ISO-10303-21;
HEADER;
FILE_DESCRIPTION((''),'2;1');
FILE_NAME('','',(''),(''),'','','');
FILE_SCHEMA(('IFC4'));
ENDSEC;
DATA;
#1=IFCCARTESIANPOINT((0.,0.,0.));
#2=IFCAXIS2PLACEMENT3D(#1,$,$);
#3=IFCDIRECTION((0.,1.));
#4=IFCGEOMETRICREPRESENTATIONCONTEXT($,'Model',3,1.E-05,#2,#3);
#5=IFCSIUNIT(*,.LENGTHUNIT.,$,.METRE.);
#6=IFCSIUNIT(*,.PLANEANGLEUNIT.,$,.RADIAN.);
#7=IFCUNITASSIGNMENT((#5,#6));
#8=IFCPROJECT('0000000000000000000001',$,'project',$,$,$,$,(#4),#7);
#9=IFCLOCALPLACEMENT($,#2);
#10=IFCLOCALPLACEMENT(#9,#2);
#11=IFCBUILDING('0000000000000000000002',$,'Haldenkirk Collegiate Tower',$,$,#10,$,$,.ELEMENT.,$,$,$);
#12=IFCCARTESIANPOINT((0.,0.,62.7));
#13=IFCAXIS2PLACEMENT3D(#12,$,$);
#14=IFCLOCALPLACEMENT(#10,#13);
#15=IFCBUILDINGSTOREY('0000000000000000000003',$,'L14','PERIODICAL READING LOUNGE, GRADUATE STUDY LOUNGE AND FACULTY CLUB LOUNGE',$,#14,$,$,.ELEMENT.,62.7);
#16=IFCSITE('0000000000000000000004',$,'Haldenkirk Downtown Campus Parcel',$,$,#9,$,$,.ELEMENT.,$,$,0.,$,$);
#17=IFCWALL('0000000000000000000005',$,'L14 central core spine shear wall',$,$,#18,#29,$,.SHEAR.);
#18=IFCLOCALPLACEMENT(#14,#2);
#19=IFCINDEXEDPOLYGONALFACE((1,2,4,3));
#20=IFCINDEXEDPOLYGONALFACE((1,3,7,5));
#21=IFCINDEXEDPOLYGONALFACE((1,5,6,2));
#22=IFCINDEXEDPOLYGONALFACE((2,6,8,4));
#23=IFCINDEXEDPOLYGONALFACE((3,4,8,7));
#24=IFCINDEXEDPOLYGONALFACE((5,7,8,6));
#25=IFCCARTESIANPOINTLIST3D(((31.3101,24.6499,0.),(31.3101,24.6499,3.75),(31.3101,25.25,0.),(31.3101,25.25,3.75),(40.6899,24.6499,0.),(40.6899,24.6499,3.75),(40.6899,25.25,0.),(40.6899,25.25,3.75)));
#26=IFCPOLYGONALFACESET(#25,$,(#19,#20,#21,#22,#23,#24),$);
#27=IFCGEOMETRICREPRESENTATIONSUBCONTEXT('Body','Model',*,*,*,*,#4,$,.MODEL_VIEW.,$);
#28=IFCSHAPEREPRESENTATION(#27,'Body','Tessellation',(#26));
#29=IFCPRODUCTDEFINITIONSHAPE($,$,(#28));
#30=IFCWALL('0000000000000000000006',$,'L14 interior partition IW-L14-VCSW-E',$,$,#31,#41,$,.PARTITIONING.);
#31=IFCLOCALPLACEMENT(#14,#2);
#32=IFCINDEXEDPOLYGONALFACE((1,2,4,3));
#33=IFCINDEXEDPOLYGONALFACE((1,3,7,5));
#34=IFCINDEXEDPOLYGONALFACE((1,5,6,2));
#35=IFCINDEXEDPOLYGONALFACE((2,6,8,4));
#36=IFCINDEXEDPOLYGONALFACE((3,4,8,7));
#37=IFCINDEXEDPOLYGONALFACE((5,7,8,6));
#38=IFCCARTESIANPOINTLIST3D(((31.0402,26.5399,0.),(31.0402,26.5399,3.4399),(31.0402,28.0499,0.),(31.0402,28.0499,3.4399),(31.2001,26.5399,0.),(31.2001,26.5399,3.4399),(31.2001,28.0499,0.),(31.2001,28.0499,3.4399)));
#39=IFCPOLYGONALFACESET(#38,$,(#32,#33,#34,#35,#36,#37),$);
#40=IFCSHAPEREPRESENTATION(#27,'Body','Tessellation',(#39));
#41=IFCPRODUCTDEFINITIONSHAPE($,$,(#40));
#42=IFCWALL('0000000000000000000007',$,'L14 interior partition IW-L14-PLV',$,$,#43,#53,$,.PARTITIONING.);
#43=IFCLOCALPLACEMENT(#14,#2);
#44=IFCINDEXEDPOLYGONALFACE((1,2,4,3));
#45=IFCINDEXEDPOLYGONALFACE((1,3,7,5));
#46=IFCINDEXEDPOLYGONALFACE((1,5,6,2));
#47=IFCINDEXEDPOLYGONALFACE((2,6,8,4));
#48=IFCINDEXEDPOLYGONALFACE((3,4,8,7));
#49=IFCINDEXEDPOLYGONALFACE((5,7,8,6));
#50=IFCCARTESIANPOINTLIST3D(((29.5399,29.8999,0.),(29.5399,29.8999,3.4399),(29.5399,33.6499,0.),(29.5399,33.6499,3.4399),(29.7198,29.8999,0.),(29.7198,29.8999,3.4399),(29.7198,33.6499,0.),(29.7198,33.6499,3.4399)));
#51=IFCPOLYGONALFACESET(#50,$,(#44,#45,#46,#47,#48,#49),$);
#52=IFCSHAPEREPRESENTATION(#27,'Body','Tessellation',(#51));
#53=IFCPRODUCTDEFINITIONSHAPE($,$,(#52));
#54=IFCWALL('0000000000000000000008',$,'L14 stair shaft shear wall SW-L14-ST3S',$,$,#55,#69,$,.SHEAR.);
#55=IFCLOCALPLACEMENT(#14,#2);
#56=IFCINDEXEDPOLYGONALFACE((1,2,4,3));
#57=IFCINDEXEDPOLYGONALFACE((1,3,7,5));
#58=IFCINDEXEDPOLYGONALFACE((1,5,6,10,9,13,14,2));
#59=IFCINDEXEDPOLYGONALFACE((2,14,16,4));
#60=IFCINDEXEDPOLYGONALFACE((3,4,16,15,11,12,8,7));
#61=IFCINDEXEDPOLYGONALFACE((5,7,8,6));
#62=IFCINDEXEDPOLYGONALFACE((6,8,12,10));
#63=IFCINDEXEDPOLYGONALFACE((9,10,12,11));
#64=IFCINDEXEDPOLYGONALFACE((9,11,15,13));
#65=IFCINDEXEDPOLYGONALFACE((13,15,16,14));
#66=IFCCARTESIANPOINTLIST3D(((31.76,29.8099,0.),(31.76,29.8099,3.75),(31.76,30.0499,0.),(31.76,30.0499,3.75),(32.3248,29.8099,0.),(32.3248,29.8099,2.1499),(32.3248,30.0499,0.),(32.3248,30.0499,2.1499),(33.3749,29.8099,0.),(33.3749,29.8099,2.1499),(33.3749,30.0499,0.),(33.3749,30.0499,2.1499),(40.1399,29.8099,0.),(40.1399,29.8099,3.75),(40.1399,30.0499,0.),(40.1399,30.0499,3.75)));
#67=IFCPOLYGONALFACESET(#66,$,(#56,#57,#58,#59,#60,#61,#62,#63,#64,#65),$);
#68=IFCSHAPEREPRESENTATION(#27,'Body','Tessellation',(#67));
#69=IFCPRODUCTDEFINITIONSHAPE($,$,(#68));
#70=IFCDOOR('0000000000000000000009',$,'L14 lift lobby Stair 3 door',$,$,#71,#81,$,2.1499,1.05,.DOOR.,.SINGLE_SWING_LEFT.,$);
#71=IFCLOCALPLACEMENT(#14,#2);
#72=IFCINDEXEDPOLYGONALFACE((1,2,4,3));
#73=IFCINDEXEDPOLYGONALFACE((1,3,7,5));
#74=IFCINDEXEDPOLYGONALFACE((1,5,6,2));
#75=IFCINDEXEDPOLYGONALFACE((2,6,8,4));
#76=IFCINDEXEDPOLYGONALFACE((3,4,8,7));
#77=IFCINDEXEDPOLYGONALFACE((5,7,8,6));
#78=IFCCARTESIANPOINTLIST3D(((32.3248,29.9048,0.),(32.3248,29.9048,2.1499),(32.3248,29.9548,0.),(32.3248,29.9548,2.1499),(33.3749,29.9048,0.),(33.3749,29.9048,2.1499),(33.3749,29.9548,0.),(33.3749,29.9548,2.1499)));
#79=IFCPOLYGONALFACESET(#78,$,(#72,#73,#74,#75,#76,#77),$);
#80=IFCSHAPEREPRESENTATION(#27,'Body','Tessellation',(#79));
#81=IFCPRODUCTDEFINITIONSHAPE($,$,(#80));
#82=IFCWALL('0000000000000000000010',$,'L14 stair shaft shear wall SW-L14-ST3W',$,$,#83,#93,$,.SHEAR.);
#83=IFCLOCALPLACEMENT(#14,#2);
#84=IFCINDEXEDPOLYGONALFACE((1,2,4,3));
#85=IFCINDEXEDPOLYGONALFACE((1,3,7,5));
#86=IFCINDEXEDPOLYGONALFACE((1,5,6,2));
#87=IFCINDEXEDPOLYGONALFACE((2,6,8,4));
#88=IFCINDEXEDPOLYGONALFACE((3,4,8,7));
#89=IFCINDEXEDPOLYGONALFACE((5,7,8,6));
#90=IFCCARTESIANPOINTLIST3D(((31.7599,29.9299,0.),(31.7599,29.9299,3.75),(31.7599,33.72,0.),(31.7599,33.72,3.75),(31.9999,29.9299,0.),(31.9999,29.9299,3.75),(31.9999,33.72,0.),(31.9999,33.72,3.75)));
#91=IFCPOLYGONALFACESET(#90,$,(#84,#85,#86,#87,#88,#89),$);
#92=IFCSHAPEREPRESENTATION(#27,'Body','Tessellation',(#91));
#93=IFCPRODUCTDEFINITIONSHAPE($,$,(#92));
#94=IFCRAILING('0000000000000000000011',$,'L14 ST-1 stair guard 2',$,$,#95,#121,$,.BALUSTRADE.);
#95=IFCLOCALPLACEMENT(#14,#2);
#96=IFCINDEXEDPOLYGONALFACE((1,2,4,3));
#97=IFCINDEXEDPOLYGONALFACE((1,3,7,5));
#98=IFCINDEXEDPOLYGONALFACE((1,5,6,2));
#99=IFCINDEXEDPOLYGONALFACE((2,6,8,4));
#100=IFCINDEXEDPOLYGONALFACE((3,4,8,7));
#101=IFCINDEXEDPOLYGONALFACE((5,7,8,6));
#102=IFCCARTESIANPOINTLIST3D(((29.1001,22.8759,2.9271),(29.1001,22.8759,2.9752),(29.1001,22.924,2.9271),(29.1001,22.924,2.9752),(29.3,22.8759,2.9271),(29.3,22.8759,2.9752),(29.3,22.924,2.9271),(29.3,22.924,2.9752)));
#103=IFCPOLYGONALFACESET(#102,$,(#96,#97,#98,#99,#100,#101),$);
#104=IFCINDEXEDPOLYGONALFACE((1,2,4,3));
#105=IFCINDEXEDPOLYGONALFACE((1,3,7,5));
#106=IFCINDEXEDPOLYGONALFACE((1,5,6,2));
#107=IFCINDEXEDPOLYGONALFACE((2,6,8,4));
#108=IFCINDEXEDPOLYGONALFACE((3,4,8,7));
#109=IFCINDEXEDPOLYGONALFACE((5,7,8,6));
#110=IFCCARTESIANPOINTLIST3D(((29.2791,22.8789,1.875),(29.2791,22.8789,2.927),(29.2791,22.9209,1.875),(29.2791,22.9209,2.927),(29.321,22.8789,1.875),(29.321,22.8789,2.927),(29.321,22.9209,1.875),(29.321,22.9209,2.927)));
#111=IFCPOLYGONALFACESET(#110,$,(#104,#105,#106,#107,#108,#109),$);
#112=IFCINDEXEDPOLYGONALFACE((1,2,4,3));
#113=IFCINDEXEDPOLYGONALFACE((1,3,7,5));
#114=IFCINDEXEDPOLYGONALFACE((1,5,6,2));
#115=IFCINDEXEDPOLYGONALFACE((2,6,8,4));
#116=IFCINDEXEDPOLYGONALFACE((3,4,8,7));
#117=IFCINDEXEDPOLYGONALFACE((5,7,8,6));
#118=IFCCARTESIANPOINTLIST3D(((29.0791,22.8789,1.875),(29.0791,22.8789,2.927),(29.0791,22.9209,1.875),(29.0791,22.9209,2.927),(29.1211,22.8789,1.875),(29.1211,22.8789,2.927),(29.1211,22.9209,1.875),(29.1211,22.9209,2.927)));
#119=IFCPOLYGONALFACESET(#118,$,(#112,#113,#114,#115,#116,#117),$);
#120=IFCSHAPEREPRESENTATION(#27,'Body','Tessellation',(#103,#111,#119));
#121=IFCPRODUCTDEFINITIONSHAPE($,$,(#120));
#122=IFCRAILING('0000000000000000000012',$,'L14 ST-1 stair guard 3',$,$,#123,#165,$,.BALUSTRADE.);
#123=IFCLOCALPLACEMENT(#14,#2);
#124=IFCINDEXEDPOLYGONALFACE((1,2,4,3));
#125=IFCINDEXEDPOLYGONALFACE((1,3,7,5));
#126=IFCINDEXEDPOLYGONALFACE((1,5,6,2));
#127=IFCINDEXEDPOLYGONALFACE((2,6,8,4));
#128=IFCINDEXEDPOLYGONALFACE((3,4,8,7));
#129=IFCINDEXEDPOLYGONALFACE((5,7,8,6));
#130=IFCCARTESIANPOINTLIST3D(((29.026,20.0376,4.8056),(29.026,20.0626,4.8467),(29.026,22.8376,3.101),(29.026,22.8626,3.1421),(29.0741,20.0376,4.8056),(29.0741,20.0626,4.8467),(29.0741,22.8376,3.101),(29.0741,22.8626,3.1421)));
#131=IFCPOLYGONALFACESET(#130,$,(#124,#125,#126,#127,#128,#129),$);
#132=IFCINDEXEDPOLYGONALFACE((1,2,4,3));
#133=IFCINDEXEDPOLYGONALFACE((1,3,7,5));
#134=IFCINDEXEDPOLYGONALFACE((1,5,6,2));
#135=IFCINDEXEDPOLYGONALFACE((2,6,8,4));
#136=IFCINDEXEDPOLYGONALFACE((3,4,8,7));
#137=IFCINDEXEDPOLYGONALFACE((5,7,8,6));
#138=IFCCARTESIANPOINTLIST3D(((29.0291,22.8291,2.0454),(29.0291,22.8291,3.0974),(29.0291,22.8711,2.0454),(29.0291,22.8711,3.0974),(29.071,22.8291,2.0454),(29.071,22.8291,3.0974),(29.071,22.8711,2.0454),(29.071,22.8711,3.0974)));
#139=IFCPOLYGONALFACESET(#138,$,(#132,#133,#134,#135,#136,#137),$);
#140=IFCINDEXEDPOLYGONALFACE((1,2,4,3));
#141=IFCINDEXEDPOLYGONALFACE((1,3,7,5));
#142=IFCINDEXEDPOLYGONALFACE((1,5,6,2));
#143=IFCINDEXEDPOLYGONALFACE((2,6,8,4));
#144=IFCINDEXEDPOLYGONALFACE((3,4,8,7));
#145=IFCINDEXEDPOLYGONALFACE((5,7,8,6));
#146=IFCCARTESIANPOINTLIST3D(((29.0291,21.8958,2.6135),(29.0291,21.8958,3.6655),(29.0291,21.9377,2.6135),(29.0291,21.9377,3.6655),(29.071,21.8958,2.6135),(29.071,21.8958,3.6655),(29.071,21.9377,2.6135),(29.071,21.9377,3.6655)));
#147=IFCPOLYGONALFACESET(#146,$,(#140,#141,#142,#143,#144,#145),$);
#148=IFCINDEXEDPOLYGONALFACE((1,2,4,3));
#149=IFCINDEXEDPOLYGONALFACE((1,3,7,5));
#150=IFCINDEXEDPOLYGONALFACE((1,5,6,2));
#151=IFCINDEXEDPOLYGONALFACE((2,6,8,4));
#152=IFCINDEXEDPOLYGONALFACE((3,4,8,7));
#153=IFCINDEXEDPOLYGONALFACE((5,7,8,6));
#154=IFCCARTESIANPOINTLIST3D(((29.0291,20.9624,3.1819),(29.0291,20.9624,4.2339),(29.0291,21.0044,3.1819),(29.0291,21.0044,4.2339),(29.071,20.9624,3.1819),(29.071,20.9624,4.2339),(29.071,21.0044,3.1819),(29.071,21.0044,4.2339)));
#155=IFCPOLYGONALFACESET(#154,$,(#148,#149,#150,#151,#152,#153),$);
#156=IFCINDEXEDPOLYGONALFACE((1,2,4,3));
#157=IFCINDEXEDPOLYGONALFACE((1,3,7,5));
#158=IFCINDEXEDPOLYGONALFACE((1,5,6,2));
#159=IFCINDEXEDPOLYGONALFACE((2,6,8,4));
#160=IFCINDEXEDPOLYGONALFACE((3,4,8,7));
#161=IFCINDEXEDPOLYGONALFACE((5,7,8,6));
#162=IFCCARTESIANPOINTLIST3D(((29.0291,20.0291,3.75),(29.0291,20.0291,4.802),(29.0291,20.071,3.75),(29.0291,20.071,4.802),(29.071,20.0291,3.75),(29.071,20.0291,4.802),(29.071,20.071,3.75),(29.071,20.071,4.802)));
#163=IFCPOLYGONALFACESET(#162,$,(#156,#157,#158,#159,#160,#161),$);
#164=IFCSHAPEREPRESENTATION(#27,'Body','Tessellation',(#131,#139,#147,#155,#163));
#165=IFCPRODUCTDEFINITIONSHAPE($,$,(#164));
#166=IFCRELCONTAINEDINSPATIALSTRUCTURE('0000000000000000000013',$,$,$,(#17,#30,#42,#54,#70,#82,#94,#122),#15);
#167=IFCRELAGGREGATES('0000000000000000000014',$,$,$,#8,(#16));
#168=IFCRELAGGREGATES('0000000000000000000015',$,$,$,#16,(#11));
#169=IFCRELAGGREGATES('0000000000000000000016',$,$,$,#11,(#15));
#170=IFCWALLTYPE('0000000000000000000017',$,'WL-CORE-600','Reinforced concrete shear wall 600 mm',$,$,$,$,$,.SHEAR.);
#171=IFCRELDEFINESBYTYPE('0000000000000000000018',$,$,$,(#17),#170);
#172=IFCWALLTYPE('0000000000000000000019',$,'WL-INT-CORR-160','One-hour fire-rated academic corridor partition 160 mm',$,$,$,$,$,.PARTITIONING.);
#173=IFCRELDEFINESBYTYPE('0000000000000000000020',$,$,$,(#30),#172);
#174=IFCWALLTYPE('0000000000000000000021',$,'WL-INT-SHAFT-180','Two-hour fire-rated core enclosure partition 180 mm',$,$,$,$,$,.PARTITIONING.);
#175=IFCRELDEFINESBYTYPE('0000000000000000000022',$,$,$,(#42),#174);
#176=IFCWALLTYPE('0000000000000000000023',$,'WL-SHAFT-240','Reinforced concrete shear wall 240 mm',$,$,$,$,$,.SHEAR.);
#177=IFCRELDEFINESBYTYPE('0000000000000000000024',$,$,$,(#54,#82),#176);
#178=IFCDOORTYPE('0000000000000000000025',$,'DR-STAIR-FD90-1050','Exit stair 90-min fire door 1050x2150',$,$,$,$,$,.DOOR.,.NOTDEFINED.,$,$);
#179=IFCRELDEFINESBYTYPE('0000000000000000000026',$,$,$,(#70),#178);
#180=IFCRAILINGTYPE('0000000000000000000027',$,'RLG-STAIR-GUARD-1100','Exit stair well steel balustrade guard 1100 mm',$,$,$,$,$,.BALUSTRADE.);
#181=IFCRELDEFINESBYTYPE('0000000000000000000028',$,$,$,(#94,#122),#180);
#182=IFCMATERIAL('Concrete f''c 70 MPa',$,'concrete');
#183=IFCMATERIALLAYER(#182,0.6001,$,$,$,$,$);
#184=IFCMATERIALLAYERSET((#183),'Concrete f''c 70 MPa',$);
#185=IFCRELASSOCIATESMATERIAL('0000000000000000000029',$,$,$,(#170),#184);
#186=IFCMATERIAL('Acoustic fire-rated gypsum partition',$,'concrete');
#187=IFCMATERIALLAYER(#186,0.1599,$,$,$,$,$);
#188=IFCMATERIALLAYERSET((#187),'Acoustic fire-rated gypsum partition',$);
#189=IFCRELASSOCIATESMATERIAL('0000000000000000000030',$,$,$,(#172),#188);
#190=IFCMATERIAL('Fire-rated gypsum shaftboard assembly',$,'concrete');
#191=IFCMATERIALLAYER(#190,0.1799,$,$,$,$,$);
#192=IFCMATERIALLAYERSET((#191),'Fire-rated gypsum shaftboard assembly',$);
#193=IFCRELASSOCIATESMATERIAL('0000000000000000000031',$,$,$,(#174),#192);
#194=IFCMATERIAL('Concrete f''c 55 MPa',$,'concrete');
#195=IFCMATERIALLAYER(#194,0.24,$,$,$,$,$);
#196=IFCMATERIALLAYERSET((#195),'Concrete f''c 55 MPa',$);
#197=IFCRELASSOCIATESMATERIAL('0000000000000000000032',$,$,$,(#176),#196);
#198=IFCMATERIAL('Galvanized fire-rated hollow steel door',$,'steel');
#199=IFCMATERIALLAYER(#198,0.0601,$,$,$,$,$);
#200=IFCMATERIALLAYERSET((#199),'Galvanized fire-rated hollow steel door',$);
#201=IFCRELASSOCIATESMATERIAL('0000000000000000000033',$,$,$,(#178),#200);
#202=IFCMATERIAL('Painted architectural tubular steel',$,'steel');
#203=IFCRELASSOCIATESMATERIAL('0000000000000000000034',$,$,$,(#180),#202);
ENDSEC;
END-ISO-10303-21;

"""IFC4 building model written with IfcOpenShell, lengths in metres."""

from ifc_helpers import new_model, si_unit, direction, frame, frame_2d, origin, origin_2d, place, context, subcontext, project, spatial, rectangle, extrude, material, layer, layer_set, type_object, element, fill, save


model = new_model("IFC4")

# Units and contexts
model_context = context("Model", 3, precision=1e-05, world=origin(), true_north=direction((0.0, 1.0)))
body_context = subcontext(model_context, "Body", "Model", "MODEL_VIEW")
ifc_project = project(units=[si_unit("LENGTHUNIT", "METRE"), si_unit("PLANEANGLEUNIT", "RADIAN")], contexts=[model_context])

# Site, building, storey
site_placement = place(None, origin())
site = spatial("IfcSite", under=ifc_project, at=site_placement, Name="Haldenkirk Downtown Campus Parcel", CompositionType="ELEMENT", RefElevation=0.0)
building_placement = place(site_placement, origin())
building = spatial("IfcBuilding", under=site, at=building_placement, Name="Haldenkirk Collegiate Tower", CompositionType="ELEMENT")
storey_placement = place(building_placement, frame((0.0, 0.0, 62.7)))
storey = spatial("IfcBuildingStorey", under=building, at=storey_placement, Name="L14", Description="PERIODICAL READING LOUNGE, GRADUATE STUDY LOUNGE AND FACULTY CLUB LOUNGE", CompositionType="ELEMENT", Elevation=62.7)

# Walls
ifc_material_1 = material(Name="Concrete f'c 70 MPa", Category="concrete")
ifc_layer_1 = layer(ifc_material_1, 0.6001)
ifc_layer_set_1 = layer_set([ifc_layer_1], Name="Concrete f'c 70 MPa")
wall_type_1 = type_object("IfcWallType", Name="WL-CORE-600", Description="Reinforced concrete shear wall 600 mm", PredefinedType="SHEAR", material=ifc_layer_set_1)
wall_1_placement = place(storey_placement, frame((31.3101, 24.95, 0.0), z_axis=(0.0, 0.0, 1.0), x_axis=(1.0, 0.0, 0.0)))
element("IfcWall", 1, at=wall_1_placement, inside=storey, type_object=wall_type_1, Name="L14 central core spine shear wall", PredefinedType="SHEAR", context=body_context, shape_type="SweptSolid", body=[
    extrude(rectangle(XDim=9.3799, YDim=0.6001, at=frame_2d((4.6899, 0.0))), origin(), (0.0, 0.0, 1.0), 3.75),
])
ifc_material_2 = material(Name="Acoustic fire-rated gypsum partition", Category="concrete")
ifc_layer_2 = layer(ifc_material_2, 0.1599)
ifc_layer_set_2 = layer_set([ifc_layer_2], Name="Acoustic fire-rated gypsum partition")
wall_type_2 = type_object("IfcWallType", Name="WL-INT-CORR-160", Description="One-hour fire-rated academic corridor partition 160 mm", PredefinedType="PARTITIONING", material=ifc_layer_set_2)
wall_2_placement = place(storey_placement, frame((31.1201, 26.54, 0.0), z_axis=(0.0, 0.0, 1.0), x_axis=(0.0, 1.0, 0.0)))
element("IfcWall", 2, at=wall_2_placement, inside=storey, type_object=wall_type_2, Name="L14 interior partition IW-L14-VCSW-E", PredefinedType="PARTITIONING", context=body_context, shape_type="SweptSolid", body=[
    extrude(rectangle(XDim=1.51, YDim=0.1599, at=frame_2d((0.7549, 0.0))), origin(), (0.0, 0.0, 1.0), 3.4399),
])
ifc_material_3 = material(Name="Fire-rated gypsum shaftboard assembly", Category="concrete")
ifc_layer_3 = layer(ifc_material_3, 0.1799)
ifc_layer_set_3 = layer_set([ifc_layer_3], Name="Fire-rated gypsum shaftboard assembly")
wall_type_3 = type_object("IfcWallType", Name="WL-INT-SHAFT-180", Description="Two-hour fire-rated core enclosure partition 180 mm", PredefinedType="PARTITIONING", material=ifc_layer_set_3)
wall_3_placement = place(storey_placement, frame((29.6299, 29.8999, 0.0), z_axis=(0.0, 0.0, 1.0), x_axis=(0.0, 1.0, 0.0)))
element("IfcWall", 3, at=wall_3_placement, inside=storey, type_object=wall_type_3, Name="L14 interior partition IW-L14-PLV", PredefinedType="PARTITIONING", context=body_context, shape_type="SweptSolid", body=[
    extrude(rectangle(XDim=3.75, YDim=0.1799, at=frame_2d((1.875, 0.0))), origin(), (0.0, 0.0, 1.0), 3.4399),
])

# Shared definitions
ifc_material_4 = material(Name="Galvanized fire-rated hollow steel door", Category="steel")

# Wall, opening, door
ifc_material_5 = material(Name="Concrete f'c 55 MPa", Category="concrete")
ifc_layer_4 = layer(ifc_material_5, 0.24)
ifc_layer_set_4 = layer_set([ifc_layer_4], Name="Concrete f'c 55 MPa")
wall_type_4 = type_object("IfcWallType", Name="WL-SHAFT-240", Description="Reinforced concrete shear wall 240 mm", PredefinedType="SHEAR", material=ifc_layer_set_4)
wall_4_placement = place(storey_placement, frame((31.76, 29.9299, 0.0), z_axis=(0.0, 0.0, 1.0), x_axis=(1.0, 0.0, 0.0)))
wall_4 = element("IfcWall", 4, at=wall_4_placement, inside=storey, type_object=wall_type_4, Name="L14 stair shaft shear wall SW-L14-ST3S", PredefinedType="SHEAR", context=body_context, shape_type="SweptSolid", body=[
    extrude(rectangle(XDim=8.3799, YDim=0.24, at=frame_2d((4.1899, 0.0))), origin(), (0.0, 0.0, 1.0), 3.75),
])
opening_1_placement = place(wall_4_placement, frame((0.5649, 0.0, 0.0)))
opening_1 = element("IfcOpeningElement", 5, at=opening_1_placement, cuts=wall_4, PredefinedType="OPENING", context=body_context, shape_type="SweptSolid", body=[
    extrude(rectangle(XDim=1.05, YDim=2.1499, at=frame_2d((0.5249, 1.075))), frame((0.0, 0.1299, 0.0), z_axis=(0.0, -1.0, 0.0), x_axis=(1.0, 0.0, 0.0)), (0.0, 0.0, 1.0), 0.26),
])
ifc_layer_5 = layer(ifc_material_4, 0.0601)
ifc_layer_set_5 = layer_set([ifc_layer_5], Name="Galvanized fire-rated hollow steel door")
door_type_1 = type_object("IfcDoorType", Name="DR-STAIR-FD90-1050", Description="Exit stair 90-min fire door 1050x2150", OperationType="NOTDEFINED", PredefinedType="DOOR", material=ifc_layer_set_5)
door_1_placement = place(opening_1_placement, origin())
door_1 = element("IfcDoor", 6, at=door_1_placement, inside=storey, type_object=door_type_1, Name="L14 lift lobby Stair 3 door", OperationType="SINGLE_SWING_LEFT", OverallHeight=2.1499, OverallWidth=1.05, PredefinedType="DOOR", context=body_context, shape_type="SweptSolid", body=[
    extrude(rectangle(XDim=1.05, YDim=2.1499, at=frame_2d((0.5249, 1.075))), frame((0.0, 0.0249, 0.0), z_axis=(0.0, -1.0, 0.0), x_axis=(1.0, 0.0, 0.0)), (0.0, 0.0, 1.0), 0.05),
])
fill(opening_1, door_1)

# Wall
wall_5_placement = place(storey_placement, frame((31.8799, 29.9299, 0.0), z_axis=(0.0, 0.0, 1.0), x_axis=(0.0, 1.0, 0.0)))
element("IfcWall", 7, at=wall_5_placement, inside=storey, type_object=wall_type_4, Name="L14 stair shaft shear wall SW-L14-ST3W", PredefinedType="SHEAR", context=body_context, shape_type="SweptSolid", body=[
    extrude(rectangle(XDim=3.79, YDim=0.24, at=frame_2d((1.895, 0.0))), origin(), (0.0, 0.0, 1.0), 3.75),
])

# Railings
ifc_material_6 = material(Name="Painted architectural tubular steel", Category="steel")
railing_type = type_object("IfcRailingType", Name="RLG-STAIR-GUARD-1100", Description="Exit stair well steel balustrade guard 1100 mm", PredefinedType="BALUSTRADE", material=ifc_material_6)
railing_1_placement = place(storey_placement, frame((29.3, 22.8999, 1.875)))
element("IfcRailing", 8, at=railing_1_placement, inside=storey, type_object=railing_type, Name="L14 ST-1 stair guard 2", PredefinedType="BALUSTRADE", context=body_context, shape_type="SweptSolid", body=[
    extrude(rectangle(XDim=0.0481, YDim=0.0481, at=origin_2d()), frame((0.0, 0.0, 1.0762), z_axis=(-1.0, 0.0, 0.0), x_axis=(0.0, -1.0, 0.0)), (0.0, 0.0, 1.0), 0.2),
    extrude(rectangle(XDim=0.042, YDim=0.042, at=origin_2d()), origin(), (0.0, 0.0, 1.0), 1.052),
    extrude(rectangle(XDim=0.042, YDim=0.042, at=origin_2d()), frame((-0.2, 0.0, 0.0)), (0.0, 0.0, 1.0), 1.052),
])
railing_2_placement = place(storey_placement, frame((29.05, 22.8501, 2.0454)))
element("IfcRailing", 9, at=railing_2_placement, inside=storey, type_object=railing_type, Name="L14 ST-1 stair guard 3", PredefinedType="BALUSTRADE", context=body_context, shape_type="SweptSolid", body=[
    extrude(rectangle(XDim=0.0481, YDim=0.0481, at=origin_2d()), frame((0.0, 0.0, 1.0762), z_axis=(0.0, -0.85417, 0.519994), x_axis=(1.0, 0.0, 0.0)), (0.0, 0.0, 1.0), 3.2781),
    extrude(rectangle(XDim=0.042, YDim=0.042, at=origin_2d()), origin(), (0.0, 0.0, 1.0), 1.052),
    extrude(rectangle(XDim=0.042, YDim=0.042, at=origin_2d()), frame((0.0, -0.9333, 0.5681)), (0.0, 0.0, 1.0), 1.052),
    extrude(rectangle(XDim=0.042, YDim=0.042, at=origin_2d()), frame((0.0, -1.8667, 1.1365)), (0.0, 0.0, 1.0), 1.052),
    extrude(rectangle(XDim=0.042, YDim=0.042, at=origin_2d()), frame((0.0, -2.8, 1.7046)), (0.0, 0.0, 1.0), 1.052),
])

save(model, "model.ifc")
